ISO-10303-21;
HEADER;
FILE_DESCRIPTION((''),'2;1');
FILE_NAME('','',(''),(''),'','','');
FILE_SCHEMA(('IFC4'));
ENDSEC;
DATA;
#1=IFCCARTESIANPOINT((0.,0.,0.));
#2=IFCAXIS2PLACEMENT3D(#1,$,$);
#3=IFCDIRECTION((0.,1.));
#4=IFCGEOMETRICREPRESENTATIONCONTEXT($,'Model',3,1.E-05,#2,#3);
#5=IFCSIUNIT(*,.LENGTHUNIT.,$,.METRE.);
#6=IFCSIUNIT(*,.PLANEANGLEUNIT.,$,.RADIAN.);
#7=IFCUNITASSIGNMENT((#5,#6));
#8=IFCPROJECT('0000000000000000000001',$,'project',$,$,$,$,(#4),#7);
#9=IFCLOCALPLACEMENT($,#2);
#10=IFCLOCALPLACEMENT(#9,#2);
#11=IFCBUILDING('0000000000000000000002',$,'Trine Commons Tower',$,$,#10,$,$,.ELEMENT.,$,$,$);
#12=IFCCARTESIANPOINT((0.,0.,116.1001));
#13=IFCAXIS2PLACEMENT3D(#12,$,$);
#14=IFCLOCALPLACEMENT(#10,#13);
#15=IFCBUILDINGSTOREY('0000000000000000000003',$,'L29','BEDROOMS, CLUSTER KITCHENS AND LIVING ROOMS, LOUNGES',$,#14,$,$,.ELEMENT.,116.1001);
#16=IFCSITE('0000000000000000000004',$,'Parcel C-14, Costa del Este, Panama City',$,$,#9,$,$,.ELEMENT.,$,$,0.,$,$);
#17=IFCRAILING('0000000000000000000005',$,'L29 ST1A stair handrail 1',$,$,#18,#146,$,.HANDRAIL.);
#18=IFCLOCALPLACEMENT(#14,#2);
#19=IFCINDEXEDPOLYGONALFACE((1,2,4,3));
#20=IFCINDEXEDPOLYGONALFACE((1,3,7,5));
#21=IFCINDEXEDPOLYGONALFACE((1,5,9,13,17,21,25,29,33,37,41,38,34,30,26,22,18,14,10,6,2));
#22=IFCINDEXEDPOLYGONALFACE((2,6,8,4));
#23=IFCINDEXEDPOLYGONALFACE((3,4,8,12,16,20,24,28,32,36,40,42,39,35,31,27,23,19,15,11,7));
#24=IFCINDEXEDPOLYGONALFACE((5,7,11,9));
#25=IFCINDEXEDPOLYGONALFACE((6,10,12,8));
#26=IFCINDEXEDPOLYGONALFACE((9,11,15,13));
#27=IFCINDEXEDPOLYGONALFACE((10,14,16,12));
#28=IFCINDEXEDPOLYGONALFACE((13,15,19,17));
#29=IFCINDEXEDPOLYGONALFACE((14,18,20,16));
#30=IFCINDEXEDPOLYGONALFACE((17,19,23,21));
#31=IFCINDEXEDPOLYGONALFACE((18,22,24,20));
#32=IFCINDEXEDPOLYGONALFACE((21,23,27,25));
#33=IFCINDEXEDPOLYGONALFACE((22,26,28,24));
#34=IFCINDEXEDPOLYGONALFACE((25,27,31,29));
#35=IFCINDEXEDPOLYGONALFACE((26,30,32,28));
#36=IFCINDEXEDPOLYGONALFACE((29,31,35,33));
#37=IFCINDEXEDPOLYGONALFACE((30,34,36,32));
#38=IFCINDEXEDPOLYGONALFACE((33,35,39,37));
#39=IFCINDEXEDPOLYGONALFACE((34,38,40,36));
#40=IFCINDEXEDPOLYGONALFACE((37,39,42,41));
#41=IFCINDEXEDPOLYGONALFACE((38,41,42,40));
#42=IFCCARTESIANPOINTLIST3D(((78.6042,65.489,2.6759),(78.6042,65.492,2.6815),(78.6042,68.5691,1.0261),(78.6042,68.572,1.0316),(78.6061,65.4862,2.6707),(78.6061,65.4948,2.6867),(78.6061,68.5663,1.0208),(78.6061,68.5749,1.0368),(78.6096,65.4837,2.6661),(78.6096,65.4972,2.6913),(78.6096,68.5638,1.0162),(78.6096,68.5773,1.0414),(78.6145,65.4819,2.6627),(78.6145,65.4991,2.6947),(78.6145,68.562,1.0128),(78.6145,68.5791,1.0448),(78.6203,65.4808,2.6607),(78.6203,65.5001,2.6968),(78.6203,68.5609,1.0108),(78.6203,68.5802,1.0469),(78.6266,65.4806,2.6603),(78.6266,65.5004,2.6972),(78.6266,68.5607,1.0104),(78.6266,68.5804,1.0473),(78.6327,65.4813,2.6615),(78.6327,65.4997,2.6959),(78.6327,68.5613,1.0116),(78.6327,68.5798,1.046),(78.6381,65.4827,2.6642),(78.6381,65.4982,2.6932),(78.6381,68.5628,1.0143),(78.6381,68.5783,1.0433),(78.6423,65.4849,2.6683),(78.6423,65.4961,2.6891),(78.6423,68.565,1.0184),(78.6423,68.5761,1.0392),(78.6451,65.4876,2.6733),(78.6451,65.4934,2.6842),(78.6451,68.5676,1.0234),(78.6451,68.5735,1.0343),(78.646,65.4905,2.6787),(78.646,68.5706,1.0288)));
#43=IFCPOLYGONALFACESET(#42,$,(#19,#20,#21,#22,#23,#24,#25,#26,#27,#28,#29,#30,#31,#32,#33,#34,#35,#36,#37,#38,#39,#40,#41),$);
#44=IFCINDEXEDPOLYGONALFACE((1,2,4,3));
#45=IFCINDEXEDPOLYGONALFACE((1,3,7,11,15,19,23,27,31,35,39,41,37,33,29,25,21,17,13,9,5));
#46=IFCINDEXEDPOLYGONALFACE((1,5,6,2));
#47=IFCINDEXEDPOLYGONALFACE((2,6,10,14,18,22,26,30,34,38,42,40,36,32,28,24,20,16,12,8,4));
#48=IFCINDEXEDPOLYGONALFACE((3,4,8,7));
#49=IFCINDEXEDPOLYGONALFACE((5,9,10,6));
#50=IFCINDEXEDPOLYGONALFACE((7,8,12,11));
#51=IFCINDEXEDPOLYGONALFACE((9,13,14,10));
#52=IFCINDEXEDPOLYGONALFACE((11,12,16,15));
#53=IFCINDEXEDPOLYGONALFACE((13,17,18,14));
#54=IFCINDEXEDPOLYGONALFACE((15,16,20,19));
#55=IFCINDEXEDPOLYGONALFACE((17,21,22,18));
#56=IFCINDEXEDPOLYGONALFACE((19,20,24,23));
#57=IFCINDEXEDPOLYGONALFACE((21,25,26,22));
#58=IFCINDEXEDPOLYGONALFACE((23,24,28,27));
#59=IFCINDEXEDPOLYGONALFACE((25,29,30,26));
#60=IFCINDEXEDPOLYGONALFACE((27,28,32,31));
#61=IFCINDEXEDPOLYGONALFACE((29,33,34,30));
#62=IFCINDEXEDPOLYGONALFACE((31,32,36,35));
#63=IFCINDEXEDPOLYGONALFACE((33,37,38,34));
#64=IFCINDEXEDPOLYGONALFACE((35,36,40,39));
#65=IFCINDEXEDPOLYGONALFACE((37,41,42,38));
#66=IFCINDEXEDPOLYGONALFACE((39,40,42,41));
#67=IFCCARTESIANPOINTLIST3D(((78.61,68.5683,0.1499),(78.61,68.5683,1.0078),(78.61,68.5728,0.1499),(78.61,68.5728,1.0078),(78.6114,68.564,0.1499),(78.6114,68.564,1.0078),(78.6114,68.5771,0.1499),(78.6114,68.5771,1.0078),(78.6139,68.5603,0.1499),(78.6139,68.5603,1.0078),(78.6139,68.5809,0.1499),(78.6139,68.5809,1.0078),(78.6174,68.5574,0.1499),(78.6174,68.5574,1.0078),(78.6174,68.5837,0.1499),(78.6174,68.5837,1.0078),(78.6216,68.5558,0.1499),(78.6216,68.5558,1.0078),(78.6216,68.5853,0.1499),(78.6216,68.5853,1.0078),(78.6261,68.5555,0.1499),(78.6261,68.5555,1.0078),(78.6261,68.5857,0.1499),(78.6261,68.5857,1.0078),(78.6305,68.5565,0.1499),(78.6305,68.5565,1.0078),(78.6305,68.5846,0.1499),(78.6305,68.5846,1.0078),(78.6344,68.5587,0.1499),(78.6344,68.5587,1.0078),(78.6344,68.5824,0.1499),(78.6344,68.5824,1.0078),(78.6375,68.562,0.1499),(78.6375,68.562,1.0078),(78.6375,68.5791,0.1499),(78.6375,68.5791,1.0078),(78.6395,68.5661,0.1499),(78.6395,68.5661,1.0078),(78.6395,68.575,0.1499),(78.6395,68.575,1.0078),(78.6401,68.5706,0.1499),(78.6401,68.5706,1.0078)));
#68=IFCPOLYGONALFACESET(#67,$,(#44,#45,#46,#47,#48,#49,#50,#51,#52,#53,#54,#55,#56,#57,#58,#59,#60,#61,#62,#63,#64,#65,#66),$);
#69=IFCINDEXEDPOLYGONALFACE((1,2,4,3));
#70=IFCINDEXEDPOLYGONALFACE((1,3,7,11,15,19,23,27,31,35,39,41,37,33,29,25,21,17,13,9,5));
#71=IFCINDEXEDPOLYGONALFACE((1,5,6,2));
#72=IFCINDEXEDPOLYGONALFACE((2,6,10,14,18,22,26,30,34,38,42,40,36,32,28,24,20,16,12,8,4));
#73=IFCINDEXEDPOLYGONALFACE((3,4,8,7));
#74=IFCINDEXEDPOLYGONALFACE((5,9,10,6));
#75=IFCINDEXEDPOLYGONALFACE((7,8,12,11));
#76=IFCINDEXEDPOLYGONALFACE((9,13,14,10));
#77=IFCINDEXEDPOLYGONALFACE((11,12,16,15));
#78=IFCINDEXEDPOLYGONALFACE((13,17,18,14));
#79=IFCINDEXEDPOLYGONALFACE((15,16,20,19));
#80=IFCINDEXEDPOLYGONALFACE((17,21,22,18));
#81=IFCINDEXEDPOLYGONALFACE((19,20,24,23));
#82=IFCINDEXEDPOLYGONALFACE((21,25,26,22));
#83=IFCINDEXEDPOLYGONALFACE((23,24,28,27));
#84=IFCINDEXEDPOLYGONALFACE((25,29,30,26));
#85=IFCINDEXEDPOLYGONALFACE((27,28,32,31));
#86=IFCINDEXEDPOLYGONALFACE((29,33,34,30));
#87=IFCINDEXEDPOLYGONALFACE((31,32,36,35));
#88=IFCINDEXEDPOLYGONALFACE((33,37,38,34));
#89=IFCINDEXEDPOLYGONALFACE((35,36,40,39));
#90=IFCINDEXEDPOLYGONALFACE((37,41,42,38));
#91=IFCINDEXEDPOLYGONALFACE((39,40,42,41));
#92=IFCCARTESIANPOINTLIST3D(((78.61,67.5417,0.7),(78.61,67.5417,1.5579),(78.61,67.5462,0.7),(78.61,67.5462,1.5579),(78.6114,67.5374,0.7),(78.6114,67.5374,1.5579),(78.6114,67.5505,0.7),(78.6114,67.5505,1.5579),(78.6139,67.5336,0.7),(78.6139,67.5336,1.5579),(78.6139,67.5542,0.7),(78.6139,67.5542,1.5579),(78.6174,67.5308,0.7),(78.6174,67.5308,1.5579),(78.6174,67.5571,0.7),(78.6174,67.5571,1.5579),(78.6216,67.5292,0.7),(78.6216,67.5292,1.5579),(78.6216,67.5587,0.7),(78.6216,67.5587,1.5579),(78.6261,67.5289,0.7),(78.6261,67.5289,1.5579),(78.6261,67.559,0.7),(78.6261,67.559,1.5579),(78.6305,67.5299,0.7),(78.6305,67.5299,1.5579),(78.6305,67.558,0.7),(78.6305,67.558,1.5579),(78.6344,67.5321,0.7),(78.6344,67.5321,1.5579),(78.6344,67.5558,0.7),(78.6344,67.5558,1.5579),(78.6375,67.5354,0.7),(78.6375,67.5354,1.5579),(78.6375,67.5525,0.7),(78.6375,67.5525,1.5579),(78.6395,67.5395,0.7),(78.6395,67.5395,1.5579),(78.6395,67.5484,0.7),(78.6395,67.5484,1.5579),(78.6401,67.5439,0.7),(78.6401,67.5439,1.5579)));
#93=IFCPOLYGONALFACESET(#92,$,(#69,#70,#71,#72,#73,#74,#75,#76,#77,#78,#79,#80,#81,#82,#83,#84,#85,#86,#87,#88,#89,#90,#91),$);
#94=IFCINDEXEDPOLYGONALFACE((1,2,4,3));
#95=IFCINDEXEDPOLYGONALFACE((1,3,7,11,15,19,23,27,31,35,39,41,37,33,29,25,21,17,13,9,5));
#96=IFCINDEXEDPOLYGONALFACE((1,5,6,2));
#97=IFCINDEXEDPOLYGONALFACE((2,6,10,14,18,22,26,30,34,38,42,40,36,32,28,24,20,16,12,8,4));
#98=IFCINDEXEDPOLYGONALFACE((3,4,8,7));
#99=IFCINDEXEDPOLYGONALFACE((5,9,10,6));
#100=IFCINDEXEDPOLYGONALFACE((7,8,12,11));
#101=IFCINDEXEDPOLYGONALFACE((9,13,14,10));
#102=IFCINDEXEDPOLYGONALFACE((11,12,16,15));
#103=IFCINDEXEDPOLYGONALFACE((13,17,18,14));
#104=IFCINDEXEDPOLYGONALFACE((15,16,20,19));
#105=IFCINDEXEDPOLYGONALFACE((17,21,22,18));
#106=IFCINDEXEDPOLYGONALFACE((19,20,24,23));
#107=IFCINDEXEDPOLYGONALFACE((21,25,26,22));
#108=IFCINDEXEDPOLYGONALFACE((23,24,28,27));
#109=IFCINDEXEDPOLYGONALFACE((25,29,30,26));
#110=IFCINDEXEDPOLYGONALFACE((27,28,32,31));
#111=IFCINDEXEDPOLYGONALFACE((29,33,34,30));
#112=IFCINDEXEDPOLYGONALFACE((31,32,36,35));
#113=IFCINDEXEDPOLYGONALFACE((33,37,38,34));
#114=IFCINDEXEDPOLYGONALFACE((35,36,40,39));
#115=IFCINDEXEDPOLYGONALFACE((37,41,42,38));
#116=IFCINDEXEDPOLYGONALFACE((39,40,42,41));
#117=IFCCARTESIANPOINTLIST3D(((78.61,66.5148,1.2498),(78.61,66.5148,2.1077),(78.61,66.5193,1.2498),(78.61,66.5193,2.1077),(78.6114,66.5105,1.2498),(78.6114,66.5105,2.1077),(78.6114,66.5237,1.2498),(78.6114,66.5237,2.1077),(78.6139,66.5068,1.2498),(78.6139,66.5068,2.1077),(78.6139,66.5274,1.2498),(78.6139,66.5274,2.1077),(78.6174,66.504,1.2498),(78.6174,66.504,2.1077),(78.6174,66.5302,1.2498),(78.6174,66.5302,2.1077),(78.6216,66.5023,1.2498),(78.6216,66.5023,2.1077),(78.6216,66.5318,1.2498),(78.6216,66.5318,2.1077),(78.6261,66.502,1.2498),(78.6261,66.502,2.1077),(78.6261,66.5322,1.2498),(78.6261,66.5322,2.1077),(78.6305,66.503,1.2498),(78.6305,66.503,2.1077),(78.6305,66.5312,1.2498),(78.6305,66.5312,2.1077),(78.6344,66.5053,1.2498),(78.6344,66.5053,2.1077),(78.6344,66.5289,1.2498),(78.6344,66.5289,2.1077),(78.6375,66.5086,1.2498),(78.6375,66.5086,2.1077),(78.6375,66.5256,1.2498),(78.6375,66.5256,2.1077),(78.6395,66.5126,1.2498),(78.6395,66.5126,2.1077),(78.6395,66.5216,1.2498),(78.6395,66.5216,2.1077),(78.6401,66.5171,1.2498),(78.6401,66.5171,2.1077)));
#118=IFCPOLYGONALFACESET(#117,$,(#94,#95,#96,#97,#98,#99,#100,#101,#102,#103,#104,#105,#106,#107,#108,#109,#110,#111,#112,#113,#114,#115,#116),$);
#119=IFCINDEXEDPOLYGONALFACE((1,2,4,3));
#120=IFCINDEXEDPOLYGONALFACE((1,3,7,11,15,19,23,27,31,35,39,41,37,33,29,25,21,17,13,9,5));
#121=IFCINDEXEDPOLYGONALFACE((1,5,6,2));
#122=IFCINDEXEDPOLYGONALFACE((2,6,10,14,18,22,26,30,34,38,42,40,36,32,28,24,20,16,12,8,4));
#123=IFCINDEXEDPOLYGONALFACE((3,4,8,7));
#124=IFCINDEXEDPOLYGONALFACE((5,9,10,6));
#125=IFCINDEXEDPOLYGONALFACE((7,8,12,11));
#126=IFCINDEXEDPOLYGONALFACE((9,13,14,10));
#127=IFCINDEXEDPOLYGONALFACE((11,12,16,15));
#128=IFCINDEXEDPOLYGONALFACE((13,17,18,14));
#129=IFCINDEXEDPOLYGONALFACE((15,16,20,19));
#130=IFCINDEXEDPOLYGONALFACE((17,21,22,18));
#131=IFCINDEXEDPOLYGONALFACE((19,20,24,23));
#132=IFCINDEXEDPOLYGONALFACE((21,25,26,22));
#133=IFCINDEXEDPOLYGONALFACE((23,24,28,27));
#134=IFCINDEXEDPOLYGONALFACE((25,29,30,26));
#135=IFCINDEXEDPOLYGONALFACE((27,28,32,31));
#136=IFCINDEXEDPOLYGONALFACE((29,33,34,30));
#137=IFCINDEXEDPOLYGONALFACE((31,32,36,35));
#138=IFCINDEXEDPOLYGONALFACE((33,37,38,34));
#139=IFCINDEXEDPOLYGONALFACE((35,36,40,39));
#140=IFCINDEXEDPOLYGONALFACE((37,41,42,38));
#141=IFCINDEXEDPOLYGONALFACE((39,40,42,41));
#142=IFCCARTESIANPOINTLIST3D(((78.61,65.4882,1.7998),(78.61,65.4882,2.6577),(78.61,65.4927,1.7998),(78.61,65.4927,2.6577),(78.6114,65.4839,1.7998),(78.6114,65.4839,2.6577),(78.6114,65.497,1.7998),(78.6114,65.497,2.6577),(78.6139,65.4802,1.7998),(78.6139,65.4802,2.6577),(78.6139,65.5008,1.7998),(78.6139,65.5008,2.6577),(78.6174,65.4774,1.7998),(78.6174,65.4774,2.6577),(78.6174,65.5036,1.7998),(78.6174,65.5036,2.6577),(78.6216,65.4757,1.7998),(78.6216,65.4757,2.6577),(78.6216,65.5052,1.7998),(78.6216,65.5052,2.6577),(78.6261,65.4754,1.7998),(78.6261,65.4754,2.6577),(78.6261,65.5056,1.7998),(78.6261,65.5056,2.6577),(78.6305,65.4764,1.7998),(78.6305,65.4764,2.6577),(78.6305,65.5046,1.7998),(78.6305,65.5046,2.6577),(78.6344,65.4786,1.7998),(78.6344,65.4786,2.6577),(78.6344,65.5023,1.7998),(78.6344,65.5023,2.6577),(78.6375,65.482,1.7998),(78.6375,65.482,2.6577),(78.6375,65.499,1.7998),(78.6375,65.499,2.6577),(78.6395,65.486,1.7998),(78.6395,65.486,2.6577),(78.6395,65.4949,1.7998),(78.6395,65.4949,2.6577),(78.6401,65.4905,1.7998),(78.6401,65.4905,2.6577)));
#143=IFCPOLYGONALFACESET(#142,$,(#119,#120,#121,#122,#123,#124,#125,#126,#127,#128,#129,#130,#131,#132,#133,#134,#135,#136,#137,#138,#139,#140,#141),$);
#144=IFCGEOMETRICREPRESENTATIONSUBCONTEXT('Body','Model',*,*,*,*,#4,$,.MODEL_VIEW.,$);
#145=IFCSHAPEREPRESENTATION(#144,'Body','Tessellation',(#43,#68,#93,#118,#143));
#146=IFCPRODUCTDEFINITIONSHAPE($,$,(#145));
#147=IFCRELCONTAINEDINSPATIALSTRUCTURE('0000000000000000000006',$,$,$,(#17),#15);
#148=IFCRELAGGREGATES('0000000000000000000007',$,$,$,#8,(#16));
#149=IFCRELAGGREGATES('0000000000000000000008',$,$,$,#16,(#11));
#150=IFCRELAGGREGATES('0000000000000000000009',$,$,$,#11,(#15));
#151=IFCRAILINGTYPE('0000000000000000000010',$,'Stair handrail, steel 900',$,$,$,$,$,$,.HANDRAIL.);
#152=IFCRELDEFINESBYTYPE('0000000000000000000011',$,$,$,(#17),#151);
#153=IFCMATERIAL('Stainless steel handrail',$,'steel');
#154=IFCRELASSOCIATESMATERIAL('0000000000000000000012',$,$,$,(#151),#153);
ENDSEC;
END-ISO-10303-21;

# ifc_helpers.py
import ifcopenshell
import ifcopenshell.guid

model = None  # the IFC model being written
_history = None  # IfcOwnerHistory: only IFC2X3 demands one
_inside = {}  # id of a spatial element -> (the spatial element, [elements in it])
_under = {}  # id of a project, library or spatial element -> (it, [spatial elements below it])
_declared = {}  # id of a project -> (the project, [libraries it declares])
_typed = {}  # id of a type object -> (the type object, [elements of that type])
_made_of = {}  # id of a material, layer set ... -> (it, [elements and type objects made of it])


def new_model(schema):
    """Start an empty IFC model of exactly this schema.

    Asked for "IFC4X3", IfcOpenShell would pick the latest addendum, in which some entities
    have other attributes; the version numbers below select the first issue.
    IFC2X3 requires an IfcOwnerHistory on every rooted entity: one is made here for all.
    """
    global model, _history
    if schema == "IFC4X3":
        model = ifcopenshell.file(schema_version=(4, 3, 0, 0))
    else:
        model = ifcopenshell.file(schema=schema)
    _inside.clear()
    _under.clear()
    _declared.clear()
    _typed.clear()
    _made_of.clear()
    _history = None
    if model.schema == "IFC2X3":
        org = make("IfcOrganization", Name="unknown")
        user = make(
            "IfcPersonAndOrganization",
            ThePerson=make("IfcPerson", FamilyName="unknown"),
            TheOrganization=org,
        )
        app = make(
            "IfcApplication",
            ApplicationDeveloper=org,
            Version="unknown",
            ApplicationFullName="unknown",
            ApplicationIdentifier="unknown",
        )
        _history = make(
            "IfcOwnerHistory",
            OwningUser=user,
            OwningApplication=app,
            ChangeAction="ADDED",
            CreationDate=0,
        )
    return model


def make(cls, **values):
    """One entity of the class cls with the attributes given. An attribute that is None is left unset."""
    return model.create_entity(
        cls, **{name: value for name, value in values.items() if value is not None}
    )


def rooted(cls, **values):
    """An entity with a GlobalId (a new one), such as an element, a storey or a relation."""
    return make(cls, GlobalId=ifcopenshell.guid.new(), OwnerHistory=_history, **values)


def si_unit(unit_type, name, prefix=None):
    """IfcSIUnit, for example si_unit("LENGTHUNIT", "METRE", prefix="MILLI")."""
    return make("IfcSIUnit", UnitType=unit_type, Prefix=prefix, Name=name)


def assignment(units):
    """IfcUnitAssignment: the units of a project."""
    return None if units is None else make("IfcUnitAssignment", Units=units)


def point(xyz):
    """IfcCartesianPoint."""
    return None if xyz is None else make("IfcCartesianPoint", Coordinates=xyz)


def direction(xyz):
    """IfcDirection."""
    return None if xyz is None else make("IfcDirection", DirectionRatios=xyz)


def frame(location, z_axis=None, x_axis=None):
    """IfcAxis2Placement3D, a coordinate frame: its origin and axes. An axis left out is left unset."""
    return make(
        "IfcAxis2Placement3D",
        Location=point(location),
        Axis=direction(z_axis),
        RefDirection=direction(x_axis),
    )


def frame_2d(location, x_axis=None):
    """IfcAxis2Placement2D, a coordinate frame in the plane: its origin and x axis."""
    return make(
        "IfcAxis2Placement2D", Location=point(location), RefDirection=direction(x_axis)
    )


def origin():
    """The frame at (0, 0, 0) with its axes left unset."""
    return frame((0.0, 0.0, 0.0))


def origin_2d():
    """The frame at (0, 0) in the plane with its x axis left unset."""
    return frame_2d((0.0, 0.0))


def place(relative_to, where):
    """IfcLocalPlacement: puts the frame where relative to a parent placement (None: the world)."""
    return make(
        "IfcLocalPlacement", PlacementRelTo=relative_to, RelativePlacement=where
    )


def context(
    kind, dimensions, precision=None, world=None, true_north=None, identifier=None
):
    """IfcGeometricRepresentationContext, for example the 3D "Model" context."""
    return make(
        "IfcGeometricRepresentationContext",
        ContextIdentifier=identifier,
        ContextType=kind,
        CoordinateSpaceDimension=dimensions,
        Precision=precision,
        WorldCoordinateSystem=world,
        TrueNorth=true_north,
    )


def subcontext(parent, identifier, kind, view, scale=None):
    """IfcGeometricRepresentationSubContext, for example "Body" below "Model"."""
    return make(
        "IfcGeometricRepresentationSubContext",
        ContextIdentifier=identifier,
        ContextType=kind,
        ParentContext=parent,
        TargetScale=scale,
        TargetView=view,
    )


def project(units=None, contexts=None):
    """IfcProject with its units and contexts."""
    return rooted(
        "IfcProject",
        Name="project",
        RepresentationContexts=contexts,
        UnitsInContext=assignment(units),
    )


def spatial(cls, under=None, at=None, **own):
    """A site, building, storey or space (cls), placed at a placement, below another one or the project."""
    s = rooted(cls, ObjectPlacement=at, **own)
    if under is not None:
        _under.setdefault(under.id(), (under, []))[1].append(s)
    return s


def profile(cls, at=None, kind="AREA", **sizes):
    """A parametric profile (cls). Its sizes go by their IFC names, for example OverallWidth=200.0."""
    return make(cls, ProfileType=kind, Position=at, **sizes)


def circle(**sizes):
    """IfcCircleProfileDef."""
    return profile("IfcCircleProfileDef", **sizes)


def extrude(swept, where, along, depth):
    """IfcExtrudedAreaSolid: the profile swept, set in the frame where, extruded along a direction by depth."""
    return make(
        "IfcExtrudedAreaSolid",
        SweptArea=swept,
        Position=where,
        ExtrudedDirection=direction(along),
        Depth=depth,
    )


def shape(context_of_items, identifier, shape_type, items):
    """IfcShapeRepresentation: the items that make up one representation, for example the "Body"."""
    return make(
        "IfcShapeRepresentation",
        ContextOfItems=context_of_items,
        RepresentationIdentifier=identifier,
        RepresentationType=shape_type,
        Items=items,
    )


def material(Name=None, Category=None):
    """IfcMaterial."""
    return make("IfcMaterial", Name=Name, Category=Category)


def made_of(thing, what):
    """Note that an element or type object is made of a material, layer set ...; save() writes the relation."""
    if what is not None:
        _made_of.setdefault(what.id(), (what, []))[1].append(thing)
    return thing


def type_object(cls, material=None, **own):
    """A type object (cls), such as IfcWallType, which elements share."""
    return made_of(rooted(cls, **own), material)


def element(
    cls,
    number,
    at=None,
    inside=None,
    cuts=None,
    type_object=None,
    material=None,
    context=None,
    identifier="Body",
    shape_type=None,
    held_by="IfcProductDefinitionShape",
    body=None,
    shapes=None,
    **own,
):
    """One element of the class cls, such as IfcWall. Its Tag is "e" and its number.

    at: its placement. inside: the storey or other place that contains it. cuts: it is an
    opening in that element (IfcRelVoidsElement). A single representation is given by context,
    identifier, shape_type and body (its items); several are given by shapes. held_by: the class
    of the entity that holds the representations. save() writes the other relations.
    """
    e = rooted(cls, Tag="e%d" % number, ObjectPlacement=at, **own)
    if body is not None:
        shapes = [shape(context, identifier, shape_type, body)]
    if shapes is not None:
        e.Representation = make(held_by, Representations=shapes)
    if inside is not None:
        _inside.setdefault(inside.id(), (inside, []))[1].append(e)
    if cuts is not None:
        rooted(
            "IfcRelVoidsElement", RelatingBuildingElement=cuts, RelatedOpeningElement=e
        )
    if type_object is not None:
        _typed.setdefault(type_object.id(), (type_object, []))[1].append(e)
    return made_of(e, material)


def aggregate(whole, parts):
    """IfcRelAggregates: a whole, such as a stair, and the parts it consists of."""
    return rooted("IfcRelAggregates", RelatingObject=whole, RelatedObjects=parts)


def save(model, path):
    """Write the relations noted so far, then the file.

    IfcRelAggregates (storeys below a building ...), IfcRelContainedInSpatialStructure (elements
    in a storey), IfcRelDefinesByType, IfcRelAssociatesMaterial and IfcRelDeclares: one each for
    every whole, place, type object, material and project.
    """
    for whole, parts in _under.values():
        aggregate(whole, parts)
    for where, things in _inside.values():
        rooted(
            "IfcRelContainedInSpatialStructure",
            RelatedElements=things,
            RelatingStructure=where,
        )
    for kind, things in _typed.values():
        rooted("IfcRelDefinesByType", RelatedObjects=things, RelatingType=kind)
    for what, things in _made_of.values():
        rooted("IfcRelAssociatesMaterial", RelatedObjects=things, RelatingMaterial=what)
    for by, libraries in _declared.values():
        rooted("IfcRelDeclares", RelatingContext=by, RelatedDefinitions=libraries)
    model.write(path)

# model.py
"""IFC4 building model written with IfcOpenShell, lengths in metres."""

from ifc_helpers import new_model, si_unit, direction, frame, origin, origin_2d, place, context, subcontext, project, spatial, circle, extrude, material, type_object, element, save


model = new_model("IFC4")

# Units and contexts
model_context = context("Model", 3, precision=1e-05, world=origin(), true_north=direction((0.0, 1.0)))
body_context = subcontext(model_context, "Body", "Model", "MODEL_VIEW")
ifc_project = project(units=[si_unit("LENGTHUNIT", "METRE"), si_unit("PLANEANGLEUNIT", "RADIAN")], contexts=[model_context])

# Site, building, storey
site_placement = place(None, origin())
site = spatial("IfcSite", under=ifc_project, at=site_placement, Name="Parcel C-14, Costa del Este, Panama City", CompositionType="ELEMENT", RefElevation=0.0)
building_placement = place(site_placement, origin())
building = spatial("IfcBuilding", under=site, at=building_placement, Name="Trine Commons Tower", CompositionType="ELEMENT")
storey_placement = place(building_placement, frame((0.0, 0.0, 116.1001)))
storey = spatial("IfcBuildingStorey", under=building, at=storey_placement, Name="L29", Description="BEDROOMS, CLUSTER KITCHENS AND LIVING ROOMS, LOUNGES", CompositionType="ELEMENT", Elevation=116.1001)

# Railing
ifc_material_1 = material(Name="Stainless steel handrail", Category="steel")
railing_type = type_object("IfcRailingType", Name="Stair handrail, steel 900", PredefinedType="HANDRAIL", material=ifc_material_1)
railing_placement = place(storey_placement, frame((78.625, 68.5706, 0.1499)))
element("IfcRailing", 1, at=railing_placement, inside=storey, type_object=railing_type, Name="L29 ST1A stair handrail 1", PredefinedType="HANDRAIL", context=body_context, shape_type="SweptSolid", body=[
    extrude(circle(Radius=0.021, at=origin_2d()), frame((0.0, 0.0, 0.8789), z_axis=(0.0, -0.881497, 0.47219), x_axis=(1.0, 0.0, 0.0)), (0.0, 0.0, 1.0), 3.4941),
    extrude(circle(Radius=0.0151, at=origin_2d()), origin(), (0.0, 0.0, 1.0), 0.8579),
    extrude(circle(Radius=0.0151, at=origin_2d()), frame((0.0, -1.0266, 0.55)), (0.0, 0.0, 1.0), 0.8579),
    extrude(circle(Radius=0.0151, at=origin_2d()), frame((0.0, -2.0535, 1.0999)), (0.0, 0.0, 1.0), 0.8579),
    extrude(circle(Radius=0.0151, at=origin_2d()), frame((0.0, -3.0801, 1.6499)), (0.0, 0.0, 1.0), 0.8579),
])

save(model, "model.ifc")
